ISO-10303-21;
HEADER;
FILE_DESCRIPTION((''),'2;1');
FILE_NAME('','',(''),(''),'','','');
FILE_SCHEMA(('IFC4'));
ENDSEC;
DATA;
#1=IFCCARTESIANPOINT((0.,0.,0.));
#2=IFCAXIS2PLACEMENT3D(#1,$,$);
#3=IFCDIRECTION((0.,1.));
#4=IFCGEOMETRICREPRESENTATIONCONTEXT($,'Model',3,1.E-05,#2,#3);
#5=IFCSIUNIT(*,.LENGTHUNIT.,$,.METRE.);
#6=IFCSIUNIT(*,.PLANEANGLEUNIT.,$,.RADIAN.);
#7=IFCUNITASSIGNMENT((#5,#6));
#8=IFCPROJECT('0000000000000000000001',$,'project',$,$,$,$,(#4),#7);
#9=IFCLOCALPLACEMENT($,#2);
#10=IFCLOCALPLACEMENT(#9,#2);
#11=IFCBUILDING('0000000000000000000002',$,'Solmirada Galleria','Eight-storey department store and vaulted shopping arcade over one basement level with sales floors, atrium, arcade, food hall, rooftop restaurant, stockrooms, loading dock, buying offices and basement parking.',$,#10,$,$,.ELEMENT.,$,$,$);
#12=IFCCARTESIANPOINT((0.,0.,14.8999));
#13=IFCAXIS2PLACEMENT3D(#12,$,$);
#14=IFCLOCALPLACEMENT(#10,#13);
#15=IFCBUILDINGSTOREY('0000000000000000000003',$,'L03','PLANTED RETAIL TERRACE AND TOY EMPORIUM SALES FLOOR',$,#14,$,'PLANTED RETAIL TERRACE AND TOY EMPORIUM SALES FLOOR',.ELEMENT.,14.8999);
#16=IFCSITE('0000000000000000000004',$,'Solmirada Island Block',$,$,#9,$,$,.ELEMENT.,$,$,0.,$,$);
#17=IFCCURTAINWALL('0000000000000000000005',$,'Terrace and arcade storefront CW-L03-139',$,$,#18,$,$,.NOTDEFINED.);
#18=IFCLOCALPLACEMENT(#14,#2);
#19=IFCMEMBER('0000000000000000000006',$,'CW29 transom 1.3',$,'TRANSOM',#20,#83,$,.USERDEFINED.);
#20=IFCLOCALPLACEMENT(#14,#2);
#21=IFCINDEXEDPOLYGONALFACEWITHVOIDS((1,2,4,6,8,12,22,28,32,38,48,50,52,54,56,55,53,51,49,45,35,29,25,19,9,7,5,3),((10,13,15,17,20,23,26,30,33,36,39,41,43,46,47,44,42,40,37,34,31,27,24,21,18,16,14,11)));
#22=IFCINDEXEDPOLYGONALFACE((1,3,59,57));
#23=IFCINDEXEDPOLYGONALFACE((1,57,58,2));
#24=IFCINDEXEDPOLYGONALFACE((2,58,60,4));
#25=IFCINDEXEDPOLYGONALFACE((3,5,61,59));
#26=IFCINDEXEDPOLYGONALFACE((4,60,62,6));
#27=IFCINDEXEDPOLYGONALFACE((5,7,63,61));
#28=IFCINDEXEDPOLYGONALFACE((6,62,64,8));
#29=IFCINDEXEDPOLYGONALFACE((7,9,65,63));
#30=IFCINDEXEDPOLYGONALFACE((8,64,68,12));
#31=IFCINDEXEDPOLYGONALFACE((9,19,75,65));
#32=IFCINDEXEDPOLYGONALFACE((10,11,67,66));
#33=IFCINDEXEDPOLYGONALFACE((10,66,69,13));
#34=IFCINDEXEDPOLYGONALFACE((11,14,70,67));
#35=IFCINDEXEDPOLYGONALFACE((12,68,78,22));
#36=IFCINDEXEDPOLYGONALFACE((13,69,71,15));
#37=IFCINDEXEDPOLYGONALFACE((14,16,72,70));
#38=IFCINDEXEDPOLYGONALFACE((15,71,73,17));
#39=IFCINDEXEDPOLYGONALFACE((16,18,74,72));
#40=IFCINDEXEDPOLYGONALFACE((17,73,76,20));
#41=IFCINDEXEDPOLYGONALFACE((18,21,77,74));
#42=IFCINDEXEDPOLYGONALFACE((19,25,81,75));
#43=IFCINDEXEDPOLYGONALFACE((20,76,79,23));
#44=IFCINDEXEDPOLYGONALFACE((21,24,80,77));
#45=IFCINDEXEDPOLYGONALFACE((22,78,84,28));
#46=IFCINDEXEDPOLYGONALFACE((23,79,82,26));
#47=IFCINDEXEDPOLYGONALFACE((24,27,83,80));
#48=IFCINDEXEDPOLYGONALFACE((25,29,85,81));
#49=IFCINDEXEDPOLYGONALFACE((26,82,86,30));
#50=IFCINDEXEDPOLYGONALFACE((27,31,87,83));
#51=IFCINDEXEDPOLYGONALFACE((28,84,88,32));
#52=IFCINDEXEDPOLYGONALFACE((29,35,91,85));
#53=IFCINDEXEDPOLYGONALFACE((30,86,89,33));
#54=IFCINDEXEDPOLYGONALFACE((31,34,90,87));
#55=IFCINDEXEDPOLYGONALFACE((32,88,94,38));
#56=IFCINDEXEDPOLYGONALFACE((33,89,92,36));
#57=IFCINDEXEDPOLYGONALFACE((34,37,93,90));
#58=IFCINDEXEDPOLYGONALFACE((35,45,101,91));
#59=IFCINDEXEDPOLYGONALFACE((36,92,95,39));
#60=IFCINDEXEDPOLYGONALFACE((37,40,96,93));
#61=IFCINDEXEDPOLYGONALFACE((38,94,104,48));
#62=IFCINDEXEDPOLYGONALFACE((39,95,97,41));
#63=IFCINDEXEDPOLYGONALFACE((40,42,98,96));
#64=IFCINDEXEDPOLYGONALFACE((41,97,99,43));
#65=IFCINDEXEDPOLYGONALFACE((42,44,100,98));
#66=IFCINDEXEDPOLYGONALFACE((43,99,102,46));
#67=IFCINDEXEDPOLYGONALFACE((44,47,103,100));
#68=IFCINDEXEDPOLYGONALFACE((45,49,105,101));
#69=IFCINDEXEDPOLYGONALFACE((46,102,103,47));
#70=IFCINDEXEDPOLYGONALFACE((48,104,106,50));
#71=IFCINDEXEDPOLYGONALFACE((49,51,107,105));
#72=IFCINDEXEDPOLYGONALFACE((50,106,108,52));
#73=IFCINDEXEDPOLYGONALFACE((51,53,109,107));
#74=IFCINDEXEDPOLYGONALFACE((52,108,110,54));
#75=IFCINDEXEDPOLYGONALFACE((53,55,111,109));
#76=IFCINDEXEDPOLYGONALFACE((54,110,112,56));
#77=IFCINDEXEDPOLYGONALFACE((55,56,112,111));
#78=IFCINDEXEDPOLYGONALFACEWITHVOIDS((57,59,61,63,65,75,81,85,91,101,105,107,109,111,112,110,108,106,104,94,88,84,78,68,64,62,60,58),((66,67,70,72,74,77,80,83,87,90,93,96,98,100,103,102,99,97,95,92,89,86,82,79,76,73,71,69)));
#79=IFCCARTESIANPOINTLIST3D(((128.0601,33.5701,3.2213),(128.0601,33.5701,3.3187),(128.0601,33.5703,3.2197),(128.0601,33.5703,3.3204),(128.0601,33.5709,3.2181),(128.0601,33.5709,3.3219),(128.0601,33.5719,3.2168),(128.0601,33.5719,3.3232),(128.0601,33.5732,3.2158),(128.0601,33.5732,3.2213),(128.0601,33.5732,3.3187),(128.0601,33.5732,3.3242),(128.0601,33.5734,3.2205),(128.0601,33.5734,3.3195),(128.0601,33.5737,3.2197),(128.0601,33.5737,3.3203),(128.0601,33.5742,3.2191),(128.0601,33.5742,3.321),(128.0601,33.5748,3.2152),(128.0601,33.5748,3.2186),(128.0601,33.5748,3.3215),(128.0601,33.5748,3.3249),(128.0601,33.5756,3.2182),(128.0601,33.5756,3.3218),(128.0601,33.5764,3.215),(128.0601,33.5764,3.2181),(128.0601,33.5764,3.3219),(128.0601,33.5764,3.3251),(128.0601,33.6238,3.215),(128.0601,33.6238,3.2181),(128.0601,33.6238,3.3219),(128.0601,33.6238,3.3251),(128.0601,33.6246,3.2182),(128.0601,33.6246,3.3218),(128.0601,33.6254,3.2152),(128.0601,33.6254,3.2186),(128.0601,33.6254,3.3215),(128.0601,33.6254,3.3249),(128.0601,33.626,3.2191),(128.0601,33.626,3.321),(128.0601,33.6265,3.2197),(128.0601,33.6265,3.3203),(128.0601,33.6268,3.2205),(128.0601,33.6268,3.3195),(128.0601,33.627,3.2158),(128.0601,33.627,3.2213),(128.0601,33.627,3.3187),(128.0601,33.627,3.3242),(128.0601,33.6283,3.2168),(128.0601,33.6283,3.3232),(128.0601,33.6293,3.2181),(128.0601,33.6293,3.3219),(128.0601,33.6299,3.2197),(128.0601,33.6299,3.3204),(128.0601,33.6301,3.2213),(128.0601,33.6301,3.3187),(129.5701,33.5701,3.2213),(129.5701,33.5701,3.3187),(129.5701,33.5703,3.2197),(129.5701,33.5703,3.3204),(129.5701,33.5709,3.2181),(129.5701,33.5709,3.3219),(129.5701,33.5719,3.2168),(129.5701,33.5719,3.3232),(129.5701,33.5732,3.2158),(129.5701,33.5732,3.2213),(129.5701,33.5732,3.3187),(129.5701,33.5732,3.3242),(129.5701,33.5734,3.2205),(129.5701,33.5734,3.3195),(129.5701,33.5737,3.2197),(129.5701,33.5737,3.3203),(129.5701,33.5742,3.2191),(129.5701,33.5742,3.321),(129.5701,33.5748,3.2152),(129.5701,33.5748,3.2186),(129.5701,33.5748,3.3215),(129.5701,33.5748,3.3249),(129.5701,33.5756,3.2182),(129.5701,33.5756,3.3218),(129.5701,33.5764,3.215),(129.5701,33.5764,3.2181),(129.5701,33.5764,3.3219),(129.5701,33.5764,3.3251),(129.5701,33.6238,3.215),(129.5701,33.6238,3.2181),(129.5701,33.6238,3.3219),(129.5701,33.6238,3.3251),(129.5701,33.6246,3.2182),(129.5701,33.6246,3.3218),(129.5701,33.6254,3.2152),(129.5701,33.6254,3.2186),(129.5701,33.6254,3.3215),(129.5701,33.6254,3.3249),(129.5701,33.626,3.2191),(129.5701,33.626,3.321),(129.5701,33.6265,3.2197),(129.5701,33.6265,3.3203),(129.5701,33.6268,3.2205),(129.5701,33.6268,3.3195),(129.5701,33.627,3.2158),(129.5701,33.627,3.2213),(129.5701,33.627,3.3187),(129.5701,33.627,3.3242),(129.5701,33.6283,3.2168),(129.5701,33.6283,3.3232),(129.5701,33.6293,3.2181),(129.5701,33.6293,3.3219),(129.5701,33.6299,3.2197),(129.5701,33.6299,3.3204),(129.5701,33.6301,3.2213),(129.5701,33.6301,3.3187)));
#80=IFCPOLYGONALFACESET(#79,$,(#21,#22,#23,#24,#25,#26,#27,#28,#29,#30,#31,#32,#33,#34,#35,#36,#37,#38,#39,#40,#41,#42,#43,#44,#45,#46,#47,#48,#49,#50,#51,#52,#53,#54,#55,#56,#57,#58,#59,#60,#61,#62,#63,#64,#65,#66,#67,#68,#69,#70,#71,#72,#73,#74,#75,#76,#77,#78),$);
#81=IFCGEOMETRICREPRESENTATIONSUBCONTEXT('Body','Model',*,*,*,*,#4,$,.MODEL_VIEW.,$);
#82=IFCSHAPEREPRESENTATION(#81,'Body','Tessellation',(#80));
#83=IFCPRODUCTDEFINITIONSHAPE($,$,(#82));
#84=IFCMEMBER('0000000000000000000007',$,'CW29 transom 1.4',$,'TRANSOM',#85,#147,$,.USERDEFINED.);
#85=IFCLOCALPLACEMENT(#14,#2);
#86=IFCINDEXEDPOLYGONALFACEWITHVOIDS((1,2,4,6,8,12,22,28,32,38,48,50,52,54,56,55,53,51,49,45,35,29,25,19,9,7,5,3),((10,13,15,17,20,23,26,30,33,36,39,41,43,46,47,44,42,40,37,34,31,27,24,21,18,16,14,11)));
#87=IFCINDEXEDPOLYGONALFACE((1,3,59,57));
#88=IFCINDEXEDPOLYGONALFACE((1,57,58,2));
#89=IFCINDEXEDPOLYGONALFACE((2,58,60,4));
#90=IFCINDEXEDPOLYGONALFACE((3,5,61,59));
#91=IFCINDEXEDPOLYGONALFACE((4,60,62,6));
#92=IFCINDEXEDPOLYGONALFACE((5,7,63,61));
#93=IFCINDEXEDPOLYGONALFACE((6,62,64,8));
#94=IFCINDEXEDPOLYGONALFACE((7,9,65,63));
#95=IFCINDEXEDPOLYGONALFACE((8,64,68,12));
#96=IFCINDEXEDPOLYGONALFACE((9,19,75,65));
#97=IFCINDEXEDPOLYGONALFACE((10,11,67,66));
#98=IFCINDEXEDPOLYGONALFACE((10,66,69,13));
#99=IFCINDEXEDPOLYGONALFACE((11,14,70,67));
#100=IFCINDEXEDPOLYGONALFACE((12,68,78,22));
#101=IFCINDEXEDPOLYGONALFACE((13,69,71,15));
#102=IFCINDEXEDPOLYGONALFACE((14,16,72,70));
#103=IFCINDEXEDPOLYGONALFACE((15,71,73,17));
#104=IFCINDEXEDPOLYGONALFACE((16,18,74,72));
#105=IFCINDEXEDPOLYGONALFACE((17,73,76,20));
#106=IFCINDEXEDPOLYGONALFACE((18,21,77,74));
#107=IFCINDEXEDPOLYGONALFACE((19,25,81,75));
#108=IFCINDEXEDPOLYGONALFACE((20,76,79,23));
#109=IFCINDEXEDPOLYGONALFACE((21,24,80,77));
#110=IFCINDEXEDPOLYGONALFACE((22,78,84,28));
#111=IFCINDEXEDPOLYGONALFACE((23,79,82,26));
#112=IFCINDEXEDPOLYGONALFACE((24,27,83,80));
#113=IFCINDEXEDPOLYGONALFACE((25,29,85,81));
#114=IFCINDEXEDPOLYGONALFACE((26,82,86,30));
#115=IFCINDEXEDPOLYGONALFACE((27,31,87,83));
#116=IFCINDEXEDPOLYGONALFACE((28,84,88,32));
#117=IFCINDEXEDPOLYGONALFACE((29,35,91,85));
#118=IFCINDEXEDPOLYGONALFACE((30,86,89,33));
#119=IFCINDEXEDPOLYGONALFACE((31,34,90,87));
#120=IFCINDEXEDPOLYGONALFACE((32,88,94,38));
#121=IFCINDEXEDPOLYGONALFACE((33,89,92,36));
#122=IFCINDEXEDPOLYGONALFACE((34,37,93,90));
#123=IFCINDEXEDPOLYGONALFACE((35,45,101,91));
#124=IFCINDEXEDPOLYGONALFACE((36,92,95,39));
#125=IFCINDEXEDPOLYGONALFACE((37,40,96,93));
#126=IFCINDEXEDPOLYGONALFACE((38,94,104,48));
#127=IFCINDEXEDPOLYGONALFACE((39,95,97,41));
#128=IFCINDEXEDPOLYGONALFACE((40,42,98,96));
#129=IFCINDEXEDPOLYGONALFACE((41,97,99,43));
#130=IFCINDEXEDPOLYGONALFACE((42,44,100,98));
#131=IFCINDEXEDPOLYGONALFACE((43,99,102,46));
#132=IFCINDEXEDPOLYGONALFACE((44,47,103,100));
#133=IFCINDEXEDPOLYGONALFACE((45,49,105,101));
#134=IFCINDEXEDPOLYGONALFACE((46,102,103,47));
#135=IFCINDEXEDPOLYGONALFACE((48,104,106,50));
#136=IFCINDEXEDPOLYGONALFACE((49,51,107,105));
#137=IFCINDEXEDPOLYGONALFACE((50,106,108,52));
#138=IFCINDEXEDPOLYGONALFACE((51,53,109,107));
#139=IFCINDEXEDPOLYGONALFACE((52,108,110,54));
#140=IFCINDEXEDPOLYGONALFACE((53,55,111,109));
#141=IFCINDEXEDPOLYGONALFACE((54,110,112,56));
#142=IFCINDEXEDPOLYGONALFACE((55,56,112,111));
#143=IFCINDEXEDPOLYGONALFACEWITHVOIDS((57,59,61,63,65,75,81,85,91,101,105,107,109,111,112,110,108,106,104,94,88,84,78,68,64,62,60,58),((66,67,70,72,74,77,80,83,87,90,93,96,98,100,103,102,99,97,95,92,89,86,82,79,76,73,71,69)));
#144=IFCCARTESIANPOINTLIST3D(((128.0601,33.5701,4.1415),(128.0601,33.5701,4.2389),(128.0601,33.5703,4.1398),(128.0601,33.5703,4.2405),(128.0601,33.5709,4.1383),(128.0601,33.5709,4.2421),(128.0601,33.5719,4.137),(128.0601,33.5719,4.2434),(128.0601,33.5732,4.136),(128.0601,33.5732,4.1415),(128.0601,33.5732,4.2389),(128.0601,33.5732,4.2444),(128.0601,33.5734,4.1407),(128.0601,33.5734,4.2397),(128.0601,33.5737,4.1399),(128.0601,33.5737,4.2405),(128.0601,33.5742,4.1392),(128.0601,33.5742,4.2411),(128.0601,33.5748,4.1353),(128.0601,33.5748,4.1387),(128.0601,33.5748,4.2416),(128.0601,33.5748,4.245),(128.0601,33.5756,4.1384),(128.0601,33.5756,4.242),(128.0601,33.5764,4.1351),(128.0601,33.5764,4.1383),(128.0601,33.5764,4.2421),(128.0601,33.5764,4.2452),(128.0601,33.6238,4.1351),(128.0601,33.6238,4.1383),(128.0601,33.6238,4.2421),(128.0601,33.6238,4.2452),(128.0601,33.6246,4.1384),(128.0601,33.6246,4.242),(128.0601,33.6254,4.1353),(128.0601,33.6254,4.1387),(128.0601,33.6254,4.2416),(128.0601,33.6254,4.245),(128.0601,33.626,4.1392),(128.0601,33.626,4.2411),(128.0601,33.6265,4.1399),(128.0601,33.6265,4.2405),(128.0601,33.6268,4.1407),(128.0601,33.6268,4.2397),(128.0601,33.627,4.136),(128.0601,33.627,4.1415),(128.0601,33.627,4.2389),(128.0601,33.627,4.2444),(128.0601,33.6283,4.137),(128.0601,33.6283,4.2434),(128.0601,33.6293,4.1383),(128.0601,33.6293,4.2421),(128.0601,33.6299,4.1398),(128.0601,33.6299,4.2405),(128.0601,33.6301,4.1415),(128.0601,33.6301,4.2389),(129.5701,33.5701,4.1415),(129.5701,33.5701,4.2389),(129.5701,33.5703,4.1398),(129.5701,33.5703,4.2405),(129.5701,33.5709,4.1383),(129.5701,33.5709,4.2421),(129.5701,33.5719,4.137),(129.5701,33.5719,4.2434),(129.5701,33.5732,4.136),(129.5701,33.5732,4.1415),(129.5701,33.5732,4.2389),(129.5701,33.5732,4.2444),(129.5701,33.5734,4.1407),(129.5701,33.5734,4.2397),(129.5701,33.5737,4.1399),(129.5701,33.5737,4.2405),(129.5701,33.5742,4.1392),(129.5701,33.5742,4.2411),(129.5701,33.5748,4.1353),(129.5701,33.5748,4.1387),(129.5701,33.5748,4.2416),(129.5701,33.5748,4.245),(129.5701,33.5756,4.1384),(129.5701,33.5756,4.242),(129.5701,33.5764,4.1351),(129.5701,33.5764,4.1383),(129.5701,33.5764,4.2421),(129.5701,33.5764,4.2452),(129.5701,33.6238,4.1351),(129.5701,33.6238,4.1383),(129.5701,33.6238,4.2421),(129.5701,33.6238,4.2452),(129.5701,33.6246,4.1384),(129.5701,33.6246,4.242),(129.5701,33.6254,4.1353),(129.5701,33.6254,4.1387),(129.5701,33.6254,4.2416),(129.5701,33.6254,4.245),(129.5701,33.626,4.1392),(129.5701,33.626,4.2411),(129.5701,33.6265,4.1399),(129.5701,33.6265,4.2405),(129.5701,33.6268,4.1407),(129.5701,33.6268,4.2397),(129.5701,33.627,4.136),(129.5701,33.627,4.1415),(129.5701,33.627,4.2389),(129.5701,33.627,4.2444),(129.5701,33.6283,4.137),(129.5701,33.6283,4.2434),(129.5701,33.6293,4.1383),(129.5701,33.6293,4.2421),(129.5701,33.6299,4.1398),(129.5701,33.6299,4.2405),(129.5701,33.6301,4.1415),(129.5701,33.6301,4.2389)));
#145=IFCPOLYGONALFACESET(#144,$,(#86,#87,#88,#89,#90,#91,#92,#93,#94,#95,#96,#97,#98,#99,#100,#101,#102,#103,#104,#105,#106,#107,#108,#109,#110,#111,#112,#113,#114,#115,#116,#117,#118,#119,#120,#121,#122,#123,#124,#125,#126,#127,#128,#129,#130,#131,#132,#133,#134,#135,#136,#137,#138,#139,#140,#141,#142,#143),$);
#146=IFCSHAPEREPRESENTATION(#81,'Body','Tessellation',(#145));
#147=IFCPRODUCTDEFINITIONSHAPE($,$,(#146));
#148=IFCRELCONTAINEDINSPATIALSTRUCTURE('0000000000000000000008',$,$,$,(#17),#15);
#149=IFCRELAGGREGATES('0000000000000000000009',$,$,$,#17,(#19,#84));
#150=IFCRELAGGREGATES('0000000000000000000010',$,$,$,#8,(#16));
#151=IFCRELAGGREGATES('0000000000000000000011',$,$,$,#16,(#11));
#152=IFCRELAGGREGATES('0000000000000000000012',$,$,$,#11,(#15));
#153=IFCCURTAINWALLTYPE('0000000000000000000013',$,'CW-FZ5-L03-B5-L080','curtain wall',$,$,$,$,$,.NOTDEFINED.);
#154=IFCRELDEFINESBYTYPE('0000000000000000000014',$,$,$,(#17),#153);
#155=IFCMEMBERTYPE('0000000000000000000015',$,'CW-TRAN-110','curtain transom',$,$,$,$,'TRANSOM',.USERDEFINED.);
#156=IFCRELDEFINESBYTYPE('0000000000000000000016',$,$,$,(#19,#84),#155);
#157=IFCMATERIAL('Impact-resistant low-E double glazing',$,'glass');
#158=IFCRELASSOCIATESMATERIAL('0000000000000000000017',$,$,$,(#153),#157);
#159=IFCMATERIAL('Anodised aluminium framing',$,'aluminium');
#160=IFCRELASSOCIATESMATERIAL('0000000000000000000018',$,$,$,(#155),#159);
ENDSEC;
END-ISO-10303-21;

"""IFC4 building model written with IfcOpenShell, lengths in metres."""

from ifc_helpers import new_model, si_unit, direction, frame, origin, origin_2d, place, context, subcontext, project, spatial, hollow_rectangle, extrude, material, material_profile, profile_set, type_object, element, aggregate, save


model = new_model("IFC4")

# Units and contexts
model_context = context("Model", 3, precision=1e-05, world=origin(), true_north=direction((0.0, 1.0)))
body_context = subcontext(model_context, "Body", "Model", "MODEL_VIEW")
ifc_project = project(units=[si_unit("LENGTHUNIT", "METRE"), si_unit("PLANEANGLEUNIT", "RADIAN")], contexts=[model_context])

# Site, building, storey
site_placement = place(None, origin())
site = spatial("IfcSite", under=ifc_project, at=site_placement, Name="Solmirada Island Block", CompositionType="ELEMENT", RefElevation=0.0)
building_placement = place(site_placement, origin())
building = spatial("IfcBuilding", under=site, at=building_placement, Name="Solmirada Galleria", Description="Eight-storey department store and vaulted shopping arcade over one basement level with sales floors, atrium, arcade, food hall, rooftop restaurant, stockrooms, loading dock, buying offices and basement parking.", CompositionType="ELEMENT")
storey_placement = place(building_placement, frame((0.0, 0.0, 14.8999)))
storey = spatial("IfcBuildingStorey", under=building, at=storey_placement, Name="L03", Description="PLANTED RETAIL TERRACE AND TOY EMPORIUM SALES FLOOR", LongName="PLANTED RETAIL TERRACE AND TOY EMPORIUM SALES FLOOR", CompositionType="ELEMENT", Elevation=14.8999)

# Curtain wall, members
ifc_material_1 = material(Name="Impact-resistant low-E double glazing", Category="glass")
curtain_wall_type = type_object("IfcCurtainWallType", Name="CW-FZ5-L03-B5-L080", Description="curtain wall", PredefinedType="NOTDEFINED", material=ifc_material_1)
curtain_wall_placement = place(storey_placement, origin())
curtain_wall = element("IfcCurtainWall", 1, at=curtain_wall_placement, inside=storey, type_object=curtain_wall_type, Name="Terrace and arcade storefront CW-L03-139", PredefinedType="NOTDEFINED")
ifc_material_2 = material(Name="Anodised aluminium framing", Category="aluminium")
ifc_material_profile_1 = material_profile(ifc_material_2, hollow_rectangle(XDim=0.0601, YDim=0.1101, WallThickness=0.0032, InnerFilletRadius=0.0032, OuterFilletRadius=0.0063, at=origin_2d()), Name="ALU-TRAN-110X60")
ifc_profile_set_1 = profile_set([ifc_material_profile_1], Name="Anodised aluminium framing")
member_type_1 = type_object("IfcMemberType", Name="CW-TRAN-110", Description="curtain transom", ElementType="TRANSOM", PredefinedType="USERDEFINED", material=ifc_profile_set_1)
member_1_placement = place(storey_placement, frame((128.0601, 33.6001, 3.27), z_axis=(1.0, 0.0, 0.0), x_axis=(0.0, 1.0, 0.0)))
member_1 = element("IfcMember", 2, at=member_1_placement, type_object=member_type_1, Name="CW29 transom 1.3", ObjectType="TRANSOM", PredefinedType="USERDEFINED", context=body_context, shape_type="SweptSolid", body=[
    extrude(hollow_rectangle(XDim=0.0601, YDim=0.1101, WallThickness=0.0032, InnerFilletRadius=0.0032, OuterFilletRadius=0.0063, at=origin_2d()), origin(), (0.0, 0.0, 1.0), 1.51),
])
member_2_placement = place(storey_placement, frame((128.0601, 33.6001, 4.1902), z_axis=(1.0, 0.0, 0.0), x_axis=(0.0, 1.0, 0.0)))
member_2 = element("IfcMember", 3, at=member_2_placement, type_object=member_type_1, Name="CW29 transom 1.4", ObjectType="TRANSOM", PredefinedType="USERDEFINED", context=body_context, shape_type="SweptSolid", body=[
    extrude(hollow_rectangle(XDim=0.0601, YDim=0.1101, WallThickness=0.0032, InnerFilletRadius=0.0032, OuterFilletRadius=0.0063, at=origin_2d()), origin(), (0.0, 0.0, 1.0), 1.51),
])
aggregate(curtain_wall, [member_1, member_2])

save(model, "model.ifc")
